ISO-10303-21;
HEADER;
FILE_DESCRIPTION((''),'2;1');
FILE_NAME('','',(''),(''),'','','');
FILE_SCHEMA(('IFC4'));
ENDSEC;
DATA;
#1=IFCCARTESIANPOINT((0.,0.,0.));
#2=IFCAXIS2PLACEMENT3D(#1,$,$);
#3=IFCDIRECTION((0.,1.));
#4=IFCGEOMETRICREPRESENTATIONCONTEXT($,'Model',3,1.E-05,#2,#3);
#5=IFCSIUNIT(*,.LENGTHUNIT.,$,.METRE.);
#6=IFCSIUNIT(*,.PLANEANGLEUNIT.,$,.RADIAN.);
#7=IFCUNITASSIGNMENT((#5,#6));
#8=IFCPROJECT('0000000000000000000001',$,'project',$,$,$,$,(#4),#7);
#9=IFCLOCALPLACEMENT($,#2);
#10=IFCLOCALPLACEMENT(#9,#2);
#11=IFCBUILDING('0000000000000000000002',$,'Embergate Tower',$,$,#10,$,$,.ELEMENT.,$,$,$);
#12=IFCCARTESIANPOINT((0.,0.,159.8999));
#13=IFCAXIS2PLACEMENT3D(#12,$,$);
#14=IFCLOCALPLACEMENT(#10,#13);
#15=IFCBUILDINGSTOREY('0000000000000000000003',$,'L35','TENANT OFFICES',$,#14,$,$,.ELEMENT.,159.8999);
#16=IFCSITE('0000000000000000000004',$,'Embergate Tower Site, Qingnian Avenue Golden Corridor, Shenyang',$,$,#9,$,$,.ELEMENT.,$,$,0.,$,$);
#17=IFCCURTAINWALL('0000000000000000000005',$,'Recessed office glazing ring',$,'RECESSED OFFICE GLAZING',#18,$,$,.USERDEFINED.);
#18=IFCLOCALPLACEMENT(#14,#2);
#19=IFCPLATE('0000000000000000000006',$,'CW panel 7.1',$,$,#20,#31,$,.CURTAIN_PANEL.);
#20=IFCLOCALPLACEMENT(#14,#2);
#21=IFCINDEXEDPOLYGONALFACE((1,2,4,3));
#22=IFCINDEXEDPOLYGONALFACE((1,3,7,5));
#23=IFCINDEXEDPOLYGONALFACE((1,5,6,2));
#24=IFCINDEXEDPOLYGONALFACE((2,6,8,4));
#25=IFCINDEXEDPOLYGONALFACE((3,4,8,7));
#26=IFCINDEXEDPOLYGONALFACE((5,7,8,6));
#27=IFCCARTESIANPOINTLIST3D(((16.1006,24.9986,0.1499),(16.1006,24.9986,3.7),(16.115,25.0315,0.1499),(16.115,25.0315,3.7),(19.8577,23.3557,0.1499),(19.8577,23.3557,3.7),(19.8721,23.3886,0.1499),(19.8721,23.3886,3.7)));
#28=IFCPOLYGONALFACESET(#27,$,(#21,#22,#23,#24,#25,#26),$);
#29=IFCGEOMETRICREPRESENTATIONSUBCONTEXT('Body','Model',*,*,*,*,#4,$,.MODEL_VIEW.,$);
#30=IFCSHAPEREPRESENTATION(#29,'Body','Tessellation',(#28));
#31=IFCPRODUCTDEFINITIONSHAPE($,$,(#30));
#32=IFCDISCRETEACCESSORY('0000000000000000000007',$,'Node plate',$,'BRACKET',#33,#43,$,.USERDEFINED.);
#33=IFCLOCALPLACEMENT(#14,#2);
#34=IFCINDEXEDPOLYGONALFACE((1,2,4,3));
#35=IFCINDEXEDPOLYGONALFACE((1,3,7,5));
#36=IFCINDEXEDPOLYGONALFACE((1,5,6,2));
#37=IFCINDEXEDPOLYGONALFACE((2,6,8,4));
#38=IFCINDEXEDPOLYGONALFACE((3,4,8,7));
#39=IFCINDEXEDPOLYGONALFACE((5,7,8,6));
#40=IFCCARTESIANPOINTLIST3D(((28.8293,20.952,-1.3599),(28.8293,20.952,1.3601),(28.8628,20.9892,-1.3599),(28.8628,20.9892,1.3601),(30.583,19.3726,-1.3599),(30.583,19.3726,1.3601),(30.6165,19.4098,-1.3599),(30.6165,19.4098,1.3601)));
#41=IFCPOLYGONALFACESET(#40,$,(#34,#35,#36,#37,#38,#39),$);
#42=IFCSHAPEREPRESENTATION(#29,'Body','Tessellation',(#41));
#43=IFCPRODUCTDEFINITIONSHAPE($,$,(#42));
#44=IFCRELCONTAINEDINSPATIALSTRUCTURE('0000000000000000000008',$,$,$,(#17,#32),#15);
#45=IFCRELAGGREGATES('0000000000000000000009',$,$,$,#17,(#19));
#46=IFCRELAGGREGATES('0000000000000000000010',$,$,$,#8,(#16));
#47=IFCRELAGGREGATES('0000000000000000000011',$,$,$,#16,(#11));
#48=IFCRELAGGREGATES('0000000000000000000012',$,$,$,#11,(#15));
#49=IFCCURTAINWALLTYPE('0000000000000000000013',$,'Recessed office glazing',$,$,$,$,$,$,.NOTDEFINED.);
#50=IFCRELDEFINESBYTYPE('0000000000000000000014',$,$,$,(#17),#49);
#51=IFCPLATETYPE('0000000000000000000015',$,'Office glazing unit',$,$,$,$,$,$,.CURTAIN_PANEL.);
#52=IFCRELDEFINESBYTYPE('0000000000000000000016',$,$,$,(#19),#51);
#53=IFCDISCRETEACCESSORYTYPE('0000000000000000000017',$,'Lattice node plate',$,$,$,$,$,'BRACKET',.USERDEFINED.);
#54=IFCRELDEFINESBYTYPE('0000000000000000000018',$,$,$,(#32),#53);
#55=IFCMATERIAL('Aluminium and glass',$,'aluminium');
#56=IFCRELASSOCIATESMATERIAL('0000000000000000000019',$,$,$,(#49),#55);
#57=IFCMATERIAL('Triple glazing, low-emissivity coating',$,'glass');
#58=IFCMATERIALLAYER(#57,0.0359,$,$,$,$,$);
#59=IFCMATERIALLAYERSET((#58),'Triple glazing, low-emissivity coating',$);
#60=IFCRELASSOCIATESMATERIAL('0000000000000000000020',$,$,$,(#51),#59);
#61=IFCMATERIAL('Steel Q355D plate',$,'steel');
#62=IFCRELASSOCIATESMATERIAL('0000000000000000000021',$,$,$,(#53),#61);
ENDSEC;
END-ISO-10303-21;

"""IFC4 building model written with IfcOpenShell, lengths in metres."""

from ifc_helpers import new_model, si_unit, direction, frame, origin, origin_2d, place, context, subcontext, project, spatial, rectangle, extrude, source, transform, mapped, material, layer, layer_set, type_object, element, aggregate, save


model = new_model("IFC4")

# Units and contexts
model_context = context("Model", 3, precision=1e-05, world=origin(), true_north=direction((0.0, 1.0)))
body_context = subcontext(model_context, "Body", "Model", "MODEL_VIEW")
ifc_project = project(units=[si_unit("LENGTHUNIT", "METRE"), si_unit("PLANEANGLEUNIT", "RADIAN")], contexts=[model_context])

# Site, building, storey
site_placement = place(None, origin())
site = spatial("IfcSite", under=ifc_project, at=site_placement, Name="Embergate Tower Site, Qingnian Avenue Golden Corridor, Shenyang", CompositionType="ELEMENT", RefElevation=0.0)
building_placement = place(site_placement, origin())
building = spatial("IfcBuilding", under=site, at=building_placement, Name="Embergate Tower", CompositionType="ELEMENT")
storey_placement = place(building_placement, frame((0.0, 0.0, 159.8999)))
storey = spatial("IfcBuildingStorey", under=building, at=storey_placement, Name="L35", Description="TENANT OFFICES", CompositionType="ELEMENT", Elevation=159.8999)

# Curtain wall, plate
ifc_material_1 = material(Name="Aluminium and glass", Category="aluminium")
curtain_wall_type = type_object("IfcCurtainWallType", Name="Recessed office glazing", PredefinedType="NOTDEFINED", material=ifc_material_1)
curtain_wall_placement = place(storey_placement, origin())
curtain_wall = element("IfcCurtainWall", 1, at=curtain_wall_placement, inside=storey, type_object=curtain_wall_type, Name="Recessed office glazing ring", ObjectType="RECESSED OFFICE GLAZING", PredefinedType="USERDEFINED")
ifc_material_2 = material(Name="Triple glazing, low-emissivity coating", Category="glass")
ifc_layer = layer(ifc_material_2, 0.0359)
ifc_layer_set = layer_set([ifc_layer], Name="Triple glazing, low-emissivity coating")
plate_type = type_object("IfcPlateType", Name="Office glazing unit", PredefinedType="CURTAIN_PANEL", material=ifc_layer_set)
shared_shape_1 = source(origin(), body_context, "Body", "SweptSolid", [
    extrude(rectangle(XDim=4.1006, YDim=0.0359, at=origin_2d()), origin(), (0.0, 0.0, 1.0), 3.55),
])
plate_1_placement = place(storey_placement, frame((17.9863, 24.1936, 0.1499), z_axis=(0.0, 0.0, 1.0), x_axis=(-0.916236, 0.400638, 0.0)))
plate_1 = element("IfcPlate", 2, at=plate_1_placement, type_object=plate_type, Name="CW panel 7.1", PredefinedType="CURTAIN_PANEL", context=body_context, shape_type="MappedRepresentation", body=[
    mapped(shared_shape_1, transform((0.0, 0.0, 0.0))),
])
aggregate(curtain_wall, [plate_1])

# Discrete accessory
ifc_material_3 = material(Name="Steel Q355D plate", Category="steel")
discrete_accessory_type = type_object("IfcDiscreteAccessoryType", Name="Lattice node plate", ElementType="BRACKET", PredefinedType="USERDEFINED", material=ifc_material_3)
shared_shape_2 = source(origin(), body_context, "Body", "SweptSolid", [
    extrude(rectangle(XDim=2.3601, YDim=0.05, at=origin_2d()), origin(), (0.0, 0.0, 1.0), 2.72),
])
discrete_accessory_placement = place(storey_placement, frame((29.7229, 20.1809, -1.3599), z_axis=(0.0, 0.0, 1.0), x_axis=(-0.743075, 0.669208, 0.0)))
element("IfcDiscreteAccessory", 3, at=discrete_accessory_placement, inside=storey, type_object=discrete_accessory_type, Name="Node plate", ObjectType="BRACKET", PredefinedType="USERDEFINED", context=body_context, shape_type="MappedRepresentation", body=[
    mapped(shared_shape_2, transform((0.0, 0.0, 0.0))),
])

save(model, "model.ifc")
